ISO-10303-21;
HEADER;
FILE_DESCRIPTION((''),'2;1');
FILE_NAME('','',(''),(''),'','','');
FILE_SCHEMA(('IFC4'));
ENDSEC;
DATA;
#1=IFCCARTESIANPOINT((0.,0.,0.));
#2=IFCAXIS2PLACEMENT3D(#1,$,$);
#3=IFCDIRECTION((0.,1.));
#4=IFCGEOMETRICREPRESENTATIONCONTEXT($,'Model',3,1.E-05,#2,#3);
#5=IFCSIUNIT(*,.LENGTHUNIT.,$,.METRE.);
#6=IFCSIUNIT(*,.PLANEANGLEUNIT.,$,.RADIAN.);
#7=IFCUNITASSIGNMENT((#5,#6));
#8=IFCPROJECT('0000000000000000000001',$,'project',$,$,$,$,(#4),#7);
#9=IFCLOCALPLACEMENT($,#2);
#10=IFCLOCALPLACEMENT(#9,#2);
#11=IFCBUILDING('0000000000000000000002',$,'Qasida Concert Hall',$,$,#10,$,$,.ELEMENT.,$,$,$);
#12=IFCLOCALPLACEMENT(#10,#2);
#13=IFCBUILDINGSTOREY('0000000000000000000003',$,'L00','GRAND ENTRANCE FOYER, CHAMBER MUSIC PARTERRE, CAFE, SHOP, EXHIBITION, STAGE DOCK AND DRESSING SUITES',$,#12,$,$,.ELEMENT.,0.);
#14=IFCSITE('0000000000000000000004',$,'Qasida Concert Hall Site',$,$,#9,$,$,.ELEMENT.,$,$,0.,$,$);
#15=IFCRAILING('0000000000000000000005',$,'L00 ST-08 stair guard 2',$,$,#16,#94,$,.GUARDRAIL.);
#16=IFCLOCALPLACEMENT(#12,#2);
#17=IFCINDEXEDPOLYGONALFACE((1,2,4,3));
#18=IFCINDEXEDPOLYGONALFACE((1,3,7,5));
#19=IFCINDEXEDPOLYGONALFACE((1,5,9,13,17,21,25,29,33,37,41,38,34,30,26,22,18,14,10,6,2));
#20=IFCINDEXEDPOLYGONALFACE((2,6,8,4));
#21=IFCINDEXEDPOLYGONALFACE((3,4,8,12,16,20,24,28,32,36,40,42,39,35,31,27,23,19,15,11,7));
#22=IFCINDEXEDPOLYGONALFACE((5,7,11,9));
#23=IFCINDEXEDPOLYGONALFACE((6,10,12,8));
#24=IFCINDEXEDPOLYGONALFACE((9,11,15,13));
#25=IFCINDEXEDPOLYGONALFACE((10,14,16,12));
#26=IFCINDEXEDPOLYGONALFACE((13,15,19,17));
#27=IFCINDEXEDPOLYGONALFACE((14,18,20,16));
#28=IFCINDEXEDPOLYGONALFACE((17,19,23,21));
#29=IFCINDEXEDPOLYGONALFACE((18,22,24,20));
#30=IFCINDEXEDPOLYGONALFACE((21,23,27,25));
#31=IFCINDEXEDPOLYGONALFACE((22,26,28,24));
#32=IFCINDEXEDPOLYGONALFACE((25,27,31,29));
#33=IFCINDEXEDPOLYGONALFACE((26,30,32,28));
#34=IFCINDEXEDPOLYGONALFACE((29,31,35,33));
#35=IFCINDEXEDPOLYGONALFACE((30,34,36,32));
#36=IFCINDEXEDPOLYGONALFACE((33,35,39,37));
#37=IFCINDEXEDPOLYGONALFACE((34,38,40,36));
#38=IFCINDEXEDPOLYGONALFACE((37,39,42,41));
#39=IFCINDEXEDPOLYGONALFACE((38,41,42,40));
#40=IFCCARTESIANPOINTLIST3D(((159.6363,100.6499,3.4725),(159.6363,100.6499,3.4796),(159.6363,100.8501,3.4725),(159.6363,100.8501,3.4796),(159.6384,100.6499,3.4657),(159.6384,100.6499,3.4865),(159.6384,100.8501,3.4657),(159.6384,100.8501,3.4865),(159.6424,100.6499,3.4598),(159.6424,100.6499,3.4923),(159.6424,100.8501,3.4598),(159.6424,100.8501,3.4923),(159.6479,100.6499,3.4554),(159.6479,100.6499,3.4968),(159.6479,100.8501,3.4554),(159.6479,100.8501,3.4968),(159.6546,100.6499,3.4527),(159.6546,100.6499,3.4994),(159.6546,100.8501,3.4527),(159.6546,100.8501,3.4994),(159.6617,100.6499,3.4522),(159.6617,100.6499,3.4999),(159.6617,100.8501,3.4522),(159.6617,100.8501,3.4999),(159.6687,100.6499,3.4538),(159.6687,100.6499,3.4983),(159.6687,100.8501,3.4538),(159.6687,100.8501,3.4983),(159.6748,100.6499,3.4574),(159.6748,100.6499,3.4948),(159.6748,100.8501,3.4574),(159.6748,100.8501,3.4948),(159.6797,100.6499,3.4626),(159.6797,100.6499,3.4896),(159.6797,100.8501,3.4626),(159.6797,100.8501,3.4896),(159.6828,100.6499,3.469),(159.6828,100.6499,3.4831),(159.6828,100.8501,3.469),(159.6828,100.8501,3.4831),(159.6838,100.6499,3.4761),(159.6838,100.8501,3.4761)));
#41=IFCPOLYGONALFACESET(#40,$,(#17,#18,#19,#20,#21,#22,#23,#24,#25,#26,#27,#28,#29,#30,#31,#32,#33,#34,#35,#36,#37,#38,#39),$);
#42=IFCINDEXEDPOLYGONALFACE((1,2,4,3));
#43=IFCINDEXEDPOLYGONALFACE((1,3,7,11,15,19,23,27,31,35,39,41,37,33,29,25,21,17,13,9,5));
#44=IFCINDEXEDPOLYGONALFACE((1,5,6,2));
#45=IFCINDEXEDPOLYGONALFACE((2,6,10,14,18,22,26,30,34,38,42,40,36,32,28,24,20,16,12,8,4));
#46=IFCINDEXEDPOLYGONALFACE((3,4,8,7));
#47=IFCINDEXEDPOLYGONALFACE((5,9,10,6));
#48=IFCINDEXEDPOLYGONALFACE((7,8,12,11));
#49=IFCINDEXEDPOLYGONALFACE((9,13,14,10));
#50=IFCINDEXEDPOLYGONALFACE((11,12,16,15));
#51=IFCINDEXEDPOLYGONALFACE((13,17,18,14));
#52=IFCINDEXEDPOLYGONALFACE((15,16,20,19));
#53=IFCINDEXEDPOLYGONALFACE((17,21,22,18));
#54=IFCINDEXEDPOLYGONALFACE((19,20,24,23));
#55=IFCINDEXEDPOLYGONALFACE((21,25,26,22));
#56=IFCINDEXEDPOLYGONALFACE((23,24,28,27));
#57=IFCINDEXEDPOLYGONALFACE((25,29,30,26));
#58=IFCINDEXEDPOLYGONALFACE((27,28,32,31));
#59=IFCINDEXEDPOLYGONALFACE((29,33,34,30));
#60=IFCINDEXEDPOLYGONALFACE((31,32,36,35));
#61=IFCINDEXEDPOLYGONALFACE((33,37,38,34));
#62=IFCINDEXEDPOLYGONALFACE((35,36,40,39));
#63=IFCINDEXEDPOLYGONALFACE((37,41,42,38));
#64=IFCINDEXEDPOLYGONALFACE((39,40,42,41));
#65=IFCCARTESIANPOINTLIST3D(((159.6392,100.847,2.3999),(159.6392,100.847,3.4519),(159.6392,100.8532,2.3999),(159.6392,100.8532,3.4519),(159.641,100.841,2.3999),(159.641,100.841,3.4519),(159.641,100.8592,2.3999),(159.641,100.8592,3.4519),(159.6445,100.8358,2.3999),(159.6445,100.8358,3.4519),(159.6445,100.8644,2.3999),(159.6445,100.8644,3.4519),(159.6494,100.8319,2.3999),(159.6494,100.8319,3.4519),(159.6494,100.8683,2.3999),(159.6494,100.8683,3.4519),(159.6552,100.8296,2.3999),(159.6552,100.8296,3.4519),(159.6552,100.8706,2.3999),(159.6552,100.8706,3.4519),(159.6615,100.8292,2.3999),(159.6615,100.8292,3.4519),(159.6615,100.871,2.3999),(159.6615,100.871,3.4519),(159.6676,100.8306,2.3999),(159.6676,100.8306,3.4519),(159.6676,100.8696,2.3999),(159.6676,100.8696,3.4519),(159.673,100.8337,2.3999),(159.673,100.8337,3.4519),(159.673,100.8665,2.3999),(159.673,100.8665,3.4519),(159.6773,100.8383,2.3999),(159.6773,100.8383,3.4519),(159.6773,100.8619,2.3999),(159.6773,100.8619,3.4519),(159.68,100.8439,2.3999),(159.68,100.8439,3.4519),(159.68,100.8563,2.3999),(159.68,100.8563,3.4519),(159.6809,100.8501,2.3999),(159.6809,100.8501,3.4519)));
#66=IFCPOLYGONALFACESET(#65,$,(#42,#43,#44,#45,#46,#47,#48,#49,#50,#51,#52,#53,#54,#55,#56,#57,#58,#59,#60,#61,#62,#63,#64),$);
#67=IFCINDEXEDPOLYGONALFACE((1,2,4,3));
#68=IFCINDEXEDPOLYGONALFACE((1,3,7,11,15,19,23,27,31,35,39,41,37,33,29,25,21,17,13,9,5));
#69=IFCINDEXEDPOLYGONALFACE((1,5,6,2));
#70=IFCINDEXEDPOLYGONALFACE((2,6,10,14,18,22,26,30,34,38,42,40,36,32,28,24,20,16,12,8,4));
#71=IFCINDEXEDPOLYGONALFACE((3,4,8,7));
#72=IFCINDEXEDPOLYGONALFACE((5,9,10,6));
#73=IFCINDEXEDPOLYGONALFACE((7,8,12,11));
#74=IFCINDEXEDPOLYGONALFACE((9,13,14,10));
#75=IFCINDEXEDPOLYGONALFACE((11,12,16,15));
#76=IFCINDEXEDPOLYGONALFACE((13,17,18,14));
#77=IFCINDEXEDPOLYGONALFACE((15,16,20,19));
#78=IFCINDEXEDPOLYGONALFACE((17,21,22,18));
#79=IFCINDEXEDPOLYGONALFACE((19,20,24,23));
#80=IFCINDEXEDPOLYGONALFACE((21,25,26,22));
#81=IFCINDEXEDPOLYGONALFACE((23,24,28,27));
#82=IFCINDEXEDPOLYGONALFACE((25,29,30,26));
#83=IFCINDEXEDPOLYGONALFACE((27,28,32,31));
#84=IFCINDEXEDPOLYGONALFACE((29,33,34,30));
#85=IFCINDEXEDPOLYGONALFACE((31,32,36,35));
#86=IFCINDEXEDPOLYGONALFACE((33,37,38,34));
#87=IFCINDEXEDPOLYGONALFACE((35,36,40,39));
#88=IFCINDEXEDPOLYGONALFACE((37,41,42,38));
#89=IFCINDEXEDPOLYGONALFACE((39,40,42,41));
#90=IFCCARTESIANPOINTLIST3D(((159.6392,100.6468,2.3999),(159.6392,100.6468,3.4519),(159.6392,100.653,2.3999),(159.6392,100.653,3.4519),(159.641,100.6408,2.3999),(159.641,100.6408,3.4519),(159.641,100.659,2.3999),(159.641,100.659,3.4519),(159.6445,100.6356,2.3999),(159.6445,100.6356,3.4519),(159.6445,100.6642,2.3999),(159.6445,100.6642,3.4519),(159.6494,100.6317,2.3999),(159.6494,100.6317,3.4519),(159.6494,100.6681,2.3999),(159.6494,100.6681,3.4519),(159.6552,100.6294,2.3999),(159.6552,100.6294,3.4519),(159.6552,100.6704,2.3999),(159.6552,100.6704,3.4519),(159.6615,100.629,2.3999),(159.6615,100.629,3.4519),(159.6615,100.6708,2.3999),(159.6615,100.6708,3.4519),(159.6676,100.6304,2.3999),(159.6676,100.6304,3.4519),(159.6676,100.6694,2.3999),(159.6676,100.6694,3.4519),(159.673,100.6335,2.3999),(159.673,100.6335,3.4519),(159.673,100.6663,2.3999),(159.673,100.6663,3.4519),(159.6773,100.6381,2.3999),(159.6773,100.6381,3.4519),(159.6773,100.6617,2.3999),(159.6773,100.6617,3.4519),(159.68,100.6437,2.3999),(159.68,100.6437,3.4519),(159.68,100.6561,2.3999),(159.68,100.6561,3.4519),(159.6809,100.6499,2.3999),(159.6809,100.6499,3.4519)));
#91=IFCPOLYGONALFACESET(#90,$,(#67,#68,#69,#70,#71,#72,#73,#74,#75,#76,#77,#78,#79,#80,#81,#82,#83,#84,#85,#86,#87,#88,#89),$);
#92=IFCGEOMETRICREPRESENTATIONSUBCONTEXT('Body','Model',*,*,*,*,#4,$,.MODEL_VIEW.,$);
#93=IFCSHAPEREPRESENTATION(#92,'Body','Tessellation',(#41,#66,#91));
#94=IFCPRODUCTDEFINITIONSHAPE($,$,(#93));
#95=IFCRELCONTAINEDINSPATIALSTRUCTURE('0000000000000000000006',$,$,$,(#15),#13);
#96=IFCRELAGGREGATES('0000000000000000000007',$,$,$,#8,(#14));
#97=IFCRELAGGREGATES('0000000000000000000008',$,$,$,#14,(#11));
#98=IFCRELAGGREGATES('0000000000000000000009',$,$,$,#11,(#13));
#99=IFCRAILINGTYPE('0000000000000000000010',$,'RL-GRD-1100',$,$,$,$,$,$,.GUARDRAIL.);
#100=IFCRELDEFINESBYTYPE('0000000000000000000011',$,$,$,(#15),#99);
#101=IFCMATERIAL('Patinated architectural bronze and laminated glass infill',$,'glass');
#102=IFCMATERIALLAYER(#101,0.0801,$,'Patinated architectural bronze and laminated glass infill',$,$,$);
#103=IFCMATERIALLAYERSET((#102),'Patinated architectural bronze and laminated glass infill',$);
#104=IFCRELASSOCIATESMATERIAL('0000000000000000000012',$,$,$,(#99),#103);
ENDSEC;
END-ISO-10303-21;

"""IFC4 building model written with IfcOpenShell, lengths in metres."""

from ifc_helpers import new_model, si_unit, direction, frame, origin, origin_2d, place, context, subcontext, project, spatial, circle, extrude, material, layer, layer_set, type_object, element, save


model = new_model("IFC4")

# Units and contexts
model_context = context("Model", 3, precision=1e-05, world=origin(), true_north=direction((0.0, 1.0)))
body_context = subcontext(model_context, "Body", "Model", "MODEL_VIEW")
ifc_project = project(units=[si_unit("LENGTHUNIT", "METRE"), si_unit("PLANEANGLEUNIT", "RADIAN")], contexts=[model_context])

# Site, building, storey
site_placement = place(None, origin())
site = spatial("IfcSite", under=ifc_project, at=site_placement, Name="Qasida Concert Hall Site", CompositionType="ELEMENT", RefElevation=0.0)
building_placement = place(site_placement, origin())
building = spatial("IfcBuilding", under=site, at=building_placement, Name="Qasida Concert Hall", CompositionType="ELEMENT")
storey_placement = place(building_placement, origin())
storey = spatial("IfcBuildingStorey", under=building, at=storey_placement, Name="L00", Description="GRAND ENTRANCE FOYER, CHAMBER MUSIC PARTERRE, CAFE, SHOP, EXHIBITION, STAGE DOCK AND DRESSING SUITES", CompositionType="ELEMENT", Elevation=0.0)

# Railing
ifc_material_1 = material(Name="Patinated architectural bronze and laminated glass infill", Category="glass")
ifc_layer_1 = layer(ifc_material_1, 0.0801, Name="Patinated architectural bronze and laminated glass infill")
ifc_layer_set_1 = layer_set([ifc_layer_1], Name="Patinated architectural bronze and laminated glass infill")
railing_type_1 = type_object("IfcRailingType", Name="RL-GRD-1100", PredefinedType="GUARDRAIL", material=ifc_layer_set_1)
railing_1_placement = place(storey_placement, frame((159.6599, 100.8501, 2.3999)))
element("IfcRailing", 1, at=railing_1_placement, inside=storey, type_object=railing_type_1, Name="L00 ST-08 stair guard 2", PredefinedType="GUARDRAIL", context=body_context, shape_type="SweptSolid", body=[
    extrude(circle(Radius=0.0239, at=origin_2d()), frame((0.0, 0.0, 1.0762), z_axis=(0.0, -1.0, 0.0), x_axis=(1.0, 0.0, 0.0)), (0.0, 0.0, 1.0), 0.2002),
    extrude(circle(Radius=0.021, at=origin_2d()), origin(), (0.0, 0.0, 1.0), 1.052),
    extrude(circle(Radius=0.021, at=origin_2d()), frame((0.0, -0.2002, 0.0)), (0.0, 0.0, 1.0), 1.052),
])

save(model, "model.ifc")
